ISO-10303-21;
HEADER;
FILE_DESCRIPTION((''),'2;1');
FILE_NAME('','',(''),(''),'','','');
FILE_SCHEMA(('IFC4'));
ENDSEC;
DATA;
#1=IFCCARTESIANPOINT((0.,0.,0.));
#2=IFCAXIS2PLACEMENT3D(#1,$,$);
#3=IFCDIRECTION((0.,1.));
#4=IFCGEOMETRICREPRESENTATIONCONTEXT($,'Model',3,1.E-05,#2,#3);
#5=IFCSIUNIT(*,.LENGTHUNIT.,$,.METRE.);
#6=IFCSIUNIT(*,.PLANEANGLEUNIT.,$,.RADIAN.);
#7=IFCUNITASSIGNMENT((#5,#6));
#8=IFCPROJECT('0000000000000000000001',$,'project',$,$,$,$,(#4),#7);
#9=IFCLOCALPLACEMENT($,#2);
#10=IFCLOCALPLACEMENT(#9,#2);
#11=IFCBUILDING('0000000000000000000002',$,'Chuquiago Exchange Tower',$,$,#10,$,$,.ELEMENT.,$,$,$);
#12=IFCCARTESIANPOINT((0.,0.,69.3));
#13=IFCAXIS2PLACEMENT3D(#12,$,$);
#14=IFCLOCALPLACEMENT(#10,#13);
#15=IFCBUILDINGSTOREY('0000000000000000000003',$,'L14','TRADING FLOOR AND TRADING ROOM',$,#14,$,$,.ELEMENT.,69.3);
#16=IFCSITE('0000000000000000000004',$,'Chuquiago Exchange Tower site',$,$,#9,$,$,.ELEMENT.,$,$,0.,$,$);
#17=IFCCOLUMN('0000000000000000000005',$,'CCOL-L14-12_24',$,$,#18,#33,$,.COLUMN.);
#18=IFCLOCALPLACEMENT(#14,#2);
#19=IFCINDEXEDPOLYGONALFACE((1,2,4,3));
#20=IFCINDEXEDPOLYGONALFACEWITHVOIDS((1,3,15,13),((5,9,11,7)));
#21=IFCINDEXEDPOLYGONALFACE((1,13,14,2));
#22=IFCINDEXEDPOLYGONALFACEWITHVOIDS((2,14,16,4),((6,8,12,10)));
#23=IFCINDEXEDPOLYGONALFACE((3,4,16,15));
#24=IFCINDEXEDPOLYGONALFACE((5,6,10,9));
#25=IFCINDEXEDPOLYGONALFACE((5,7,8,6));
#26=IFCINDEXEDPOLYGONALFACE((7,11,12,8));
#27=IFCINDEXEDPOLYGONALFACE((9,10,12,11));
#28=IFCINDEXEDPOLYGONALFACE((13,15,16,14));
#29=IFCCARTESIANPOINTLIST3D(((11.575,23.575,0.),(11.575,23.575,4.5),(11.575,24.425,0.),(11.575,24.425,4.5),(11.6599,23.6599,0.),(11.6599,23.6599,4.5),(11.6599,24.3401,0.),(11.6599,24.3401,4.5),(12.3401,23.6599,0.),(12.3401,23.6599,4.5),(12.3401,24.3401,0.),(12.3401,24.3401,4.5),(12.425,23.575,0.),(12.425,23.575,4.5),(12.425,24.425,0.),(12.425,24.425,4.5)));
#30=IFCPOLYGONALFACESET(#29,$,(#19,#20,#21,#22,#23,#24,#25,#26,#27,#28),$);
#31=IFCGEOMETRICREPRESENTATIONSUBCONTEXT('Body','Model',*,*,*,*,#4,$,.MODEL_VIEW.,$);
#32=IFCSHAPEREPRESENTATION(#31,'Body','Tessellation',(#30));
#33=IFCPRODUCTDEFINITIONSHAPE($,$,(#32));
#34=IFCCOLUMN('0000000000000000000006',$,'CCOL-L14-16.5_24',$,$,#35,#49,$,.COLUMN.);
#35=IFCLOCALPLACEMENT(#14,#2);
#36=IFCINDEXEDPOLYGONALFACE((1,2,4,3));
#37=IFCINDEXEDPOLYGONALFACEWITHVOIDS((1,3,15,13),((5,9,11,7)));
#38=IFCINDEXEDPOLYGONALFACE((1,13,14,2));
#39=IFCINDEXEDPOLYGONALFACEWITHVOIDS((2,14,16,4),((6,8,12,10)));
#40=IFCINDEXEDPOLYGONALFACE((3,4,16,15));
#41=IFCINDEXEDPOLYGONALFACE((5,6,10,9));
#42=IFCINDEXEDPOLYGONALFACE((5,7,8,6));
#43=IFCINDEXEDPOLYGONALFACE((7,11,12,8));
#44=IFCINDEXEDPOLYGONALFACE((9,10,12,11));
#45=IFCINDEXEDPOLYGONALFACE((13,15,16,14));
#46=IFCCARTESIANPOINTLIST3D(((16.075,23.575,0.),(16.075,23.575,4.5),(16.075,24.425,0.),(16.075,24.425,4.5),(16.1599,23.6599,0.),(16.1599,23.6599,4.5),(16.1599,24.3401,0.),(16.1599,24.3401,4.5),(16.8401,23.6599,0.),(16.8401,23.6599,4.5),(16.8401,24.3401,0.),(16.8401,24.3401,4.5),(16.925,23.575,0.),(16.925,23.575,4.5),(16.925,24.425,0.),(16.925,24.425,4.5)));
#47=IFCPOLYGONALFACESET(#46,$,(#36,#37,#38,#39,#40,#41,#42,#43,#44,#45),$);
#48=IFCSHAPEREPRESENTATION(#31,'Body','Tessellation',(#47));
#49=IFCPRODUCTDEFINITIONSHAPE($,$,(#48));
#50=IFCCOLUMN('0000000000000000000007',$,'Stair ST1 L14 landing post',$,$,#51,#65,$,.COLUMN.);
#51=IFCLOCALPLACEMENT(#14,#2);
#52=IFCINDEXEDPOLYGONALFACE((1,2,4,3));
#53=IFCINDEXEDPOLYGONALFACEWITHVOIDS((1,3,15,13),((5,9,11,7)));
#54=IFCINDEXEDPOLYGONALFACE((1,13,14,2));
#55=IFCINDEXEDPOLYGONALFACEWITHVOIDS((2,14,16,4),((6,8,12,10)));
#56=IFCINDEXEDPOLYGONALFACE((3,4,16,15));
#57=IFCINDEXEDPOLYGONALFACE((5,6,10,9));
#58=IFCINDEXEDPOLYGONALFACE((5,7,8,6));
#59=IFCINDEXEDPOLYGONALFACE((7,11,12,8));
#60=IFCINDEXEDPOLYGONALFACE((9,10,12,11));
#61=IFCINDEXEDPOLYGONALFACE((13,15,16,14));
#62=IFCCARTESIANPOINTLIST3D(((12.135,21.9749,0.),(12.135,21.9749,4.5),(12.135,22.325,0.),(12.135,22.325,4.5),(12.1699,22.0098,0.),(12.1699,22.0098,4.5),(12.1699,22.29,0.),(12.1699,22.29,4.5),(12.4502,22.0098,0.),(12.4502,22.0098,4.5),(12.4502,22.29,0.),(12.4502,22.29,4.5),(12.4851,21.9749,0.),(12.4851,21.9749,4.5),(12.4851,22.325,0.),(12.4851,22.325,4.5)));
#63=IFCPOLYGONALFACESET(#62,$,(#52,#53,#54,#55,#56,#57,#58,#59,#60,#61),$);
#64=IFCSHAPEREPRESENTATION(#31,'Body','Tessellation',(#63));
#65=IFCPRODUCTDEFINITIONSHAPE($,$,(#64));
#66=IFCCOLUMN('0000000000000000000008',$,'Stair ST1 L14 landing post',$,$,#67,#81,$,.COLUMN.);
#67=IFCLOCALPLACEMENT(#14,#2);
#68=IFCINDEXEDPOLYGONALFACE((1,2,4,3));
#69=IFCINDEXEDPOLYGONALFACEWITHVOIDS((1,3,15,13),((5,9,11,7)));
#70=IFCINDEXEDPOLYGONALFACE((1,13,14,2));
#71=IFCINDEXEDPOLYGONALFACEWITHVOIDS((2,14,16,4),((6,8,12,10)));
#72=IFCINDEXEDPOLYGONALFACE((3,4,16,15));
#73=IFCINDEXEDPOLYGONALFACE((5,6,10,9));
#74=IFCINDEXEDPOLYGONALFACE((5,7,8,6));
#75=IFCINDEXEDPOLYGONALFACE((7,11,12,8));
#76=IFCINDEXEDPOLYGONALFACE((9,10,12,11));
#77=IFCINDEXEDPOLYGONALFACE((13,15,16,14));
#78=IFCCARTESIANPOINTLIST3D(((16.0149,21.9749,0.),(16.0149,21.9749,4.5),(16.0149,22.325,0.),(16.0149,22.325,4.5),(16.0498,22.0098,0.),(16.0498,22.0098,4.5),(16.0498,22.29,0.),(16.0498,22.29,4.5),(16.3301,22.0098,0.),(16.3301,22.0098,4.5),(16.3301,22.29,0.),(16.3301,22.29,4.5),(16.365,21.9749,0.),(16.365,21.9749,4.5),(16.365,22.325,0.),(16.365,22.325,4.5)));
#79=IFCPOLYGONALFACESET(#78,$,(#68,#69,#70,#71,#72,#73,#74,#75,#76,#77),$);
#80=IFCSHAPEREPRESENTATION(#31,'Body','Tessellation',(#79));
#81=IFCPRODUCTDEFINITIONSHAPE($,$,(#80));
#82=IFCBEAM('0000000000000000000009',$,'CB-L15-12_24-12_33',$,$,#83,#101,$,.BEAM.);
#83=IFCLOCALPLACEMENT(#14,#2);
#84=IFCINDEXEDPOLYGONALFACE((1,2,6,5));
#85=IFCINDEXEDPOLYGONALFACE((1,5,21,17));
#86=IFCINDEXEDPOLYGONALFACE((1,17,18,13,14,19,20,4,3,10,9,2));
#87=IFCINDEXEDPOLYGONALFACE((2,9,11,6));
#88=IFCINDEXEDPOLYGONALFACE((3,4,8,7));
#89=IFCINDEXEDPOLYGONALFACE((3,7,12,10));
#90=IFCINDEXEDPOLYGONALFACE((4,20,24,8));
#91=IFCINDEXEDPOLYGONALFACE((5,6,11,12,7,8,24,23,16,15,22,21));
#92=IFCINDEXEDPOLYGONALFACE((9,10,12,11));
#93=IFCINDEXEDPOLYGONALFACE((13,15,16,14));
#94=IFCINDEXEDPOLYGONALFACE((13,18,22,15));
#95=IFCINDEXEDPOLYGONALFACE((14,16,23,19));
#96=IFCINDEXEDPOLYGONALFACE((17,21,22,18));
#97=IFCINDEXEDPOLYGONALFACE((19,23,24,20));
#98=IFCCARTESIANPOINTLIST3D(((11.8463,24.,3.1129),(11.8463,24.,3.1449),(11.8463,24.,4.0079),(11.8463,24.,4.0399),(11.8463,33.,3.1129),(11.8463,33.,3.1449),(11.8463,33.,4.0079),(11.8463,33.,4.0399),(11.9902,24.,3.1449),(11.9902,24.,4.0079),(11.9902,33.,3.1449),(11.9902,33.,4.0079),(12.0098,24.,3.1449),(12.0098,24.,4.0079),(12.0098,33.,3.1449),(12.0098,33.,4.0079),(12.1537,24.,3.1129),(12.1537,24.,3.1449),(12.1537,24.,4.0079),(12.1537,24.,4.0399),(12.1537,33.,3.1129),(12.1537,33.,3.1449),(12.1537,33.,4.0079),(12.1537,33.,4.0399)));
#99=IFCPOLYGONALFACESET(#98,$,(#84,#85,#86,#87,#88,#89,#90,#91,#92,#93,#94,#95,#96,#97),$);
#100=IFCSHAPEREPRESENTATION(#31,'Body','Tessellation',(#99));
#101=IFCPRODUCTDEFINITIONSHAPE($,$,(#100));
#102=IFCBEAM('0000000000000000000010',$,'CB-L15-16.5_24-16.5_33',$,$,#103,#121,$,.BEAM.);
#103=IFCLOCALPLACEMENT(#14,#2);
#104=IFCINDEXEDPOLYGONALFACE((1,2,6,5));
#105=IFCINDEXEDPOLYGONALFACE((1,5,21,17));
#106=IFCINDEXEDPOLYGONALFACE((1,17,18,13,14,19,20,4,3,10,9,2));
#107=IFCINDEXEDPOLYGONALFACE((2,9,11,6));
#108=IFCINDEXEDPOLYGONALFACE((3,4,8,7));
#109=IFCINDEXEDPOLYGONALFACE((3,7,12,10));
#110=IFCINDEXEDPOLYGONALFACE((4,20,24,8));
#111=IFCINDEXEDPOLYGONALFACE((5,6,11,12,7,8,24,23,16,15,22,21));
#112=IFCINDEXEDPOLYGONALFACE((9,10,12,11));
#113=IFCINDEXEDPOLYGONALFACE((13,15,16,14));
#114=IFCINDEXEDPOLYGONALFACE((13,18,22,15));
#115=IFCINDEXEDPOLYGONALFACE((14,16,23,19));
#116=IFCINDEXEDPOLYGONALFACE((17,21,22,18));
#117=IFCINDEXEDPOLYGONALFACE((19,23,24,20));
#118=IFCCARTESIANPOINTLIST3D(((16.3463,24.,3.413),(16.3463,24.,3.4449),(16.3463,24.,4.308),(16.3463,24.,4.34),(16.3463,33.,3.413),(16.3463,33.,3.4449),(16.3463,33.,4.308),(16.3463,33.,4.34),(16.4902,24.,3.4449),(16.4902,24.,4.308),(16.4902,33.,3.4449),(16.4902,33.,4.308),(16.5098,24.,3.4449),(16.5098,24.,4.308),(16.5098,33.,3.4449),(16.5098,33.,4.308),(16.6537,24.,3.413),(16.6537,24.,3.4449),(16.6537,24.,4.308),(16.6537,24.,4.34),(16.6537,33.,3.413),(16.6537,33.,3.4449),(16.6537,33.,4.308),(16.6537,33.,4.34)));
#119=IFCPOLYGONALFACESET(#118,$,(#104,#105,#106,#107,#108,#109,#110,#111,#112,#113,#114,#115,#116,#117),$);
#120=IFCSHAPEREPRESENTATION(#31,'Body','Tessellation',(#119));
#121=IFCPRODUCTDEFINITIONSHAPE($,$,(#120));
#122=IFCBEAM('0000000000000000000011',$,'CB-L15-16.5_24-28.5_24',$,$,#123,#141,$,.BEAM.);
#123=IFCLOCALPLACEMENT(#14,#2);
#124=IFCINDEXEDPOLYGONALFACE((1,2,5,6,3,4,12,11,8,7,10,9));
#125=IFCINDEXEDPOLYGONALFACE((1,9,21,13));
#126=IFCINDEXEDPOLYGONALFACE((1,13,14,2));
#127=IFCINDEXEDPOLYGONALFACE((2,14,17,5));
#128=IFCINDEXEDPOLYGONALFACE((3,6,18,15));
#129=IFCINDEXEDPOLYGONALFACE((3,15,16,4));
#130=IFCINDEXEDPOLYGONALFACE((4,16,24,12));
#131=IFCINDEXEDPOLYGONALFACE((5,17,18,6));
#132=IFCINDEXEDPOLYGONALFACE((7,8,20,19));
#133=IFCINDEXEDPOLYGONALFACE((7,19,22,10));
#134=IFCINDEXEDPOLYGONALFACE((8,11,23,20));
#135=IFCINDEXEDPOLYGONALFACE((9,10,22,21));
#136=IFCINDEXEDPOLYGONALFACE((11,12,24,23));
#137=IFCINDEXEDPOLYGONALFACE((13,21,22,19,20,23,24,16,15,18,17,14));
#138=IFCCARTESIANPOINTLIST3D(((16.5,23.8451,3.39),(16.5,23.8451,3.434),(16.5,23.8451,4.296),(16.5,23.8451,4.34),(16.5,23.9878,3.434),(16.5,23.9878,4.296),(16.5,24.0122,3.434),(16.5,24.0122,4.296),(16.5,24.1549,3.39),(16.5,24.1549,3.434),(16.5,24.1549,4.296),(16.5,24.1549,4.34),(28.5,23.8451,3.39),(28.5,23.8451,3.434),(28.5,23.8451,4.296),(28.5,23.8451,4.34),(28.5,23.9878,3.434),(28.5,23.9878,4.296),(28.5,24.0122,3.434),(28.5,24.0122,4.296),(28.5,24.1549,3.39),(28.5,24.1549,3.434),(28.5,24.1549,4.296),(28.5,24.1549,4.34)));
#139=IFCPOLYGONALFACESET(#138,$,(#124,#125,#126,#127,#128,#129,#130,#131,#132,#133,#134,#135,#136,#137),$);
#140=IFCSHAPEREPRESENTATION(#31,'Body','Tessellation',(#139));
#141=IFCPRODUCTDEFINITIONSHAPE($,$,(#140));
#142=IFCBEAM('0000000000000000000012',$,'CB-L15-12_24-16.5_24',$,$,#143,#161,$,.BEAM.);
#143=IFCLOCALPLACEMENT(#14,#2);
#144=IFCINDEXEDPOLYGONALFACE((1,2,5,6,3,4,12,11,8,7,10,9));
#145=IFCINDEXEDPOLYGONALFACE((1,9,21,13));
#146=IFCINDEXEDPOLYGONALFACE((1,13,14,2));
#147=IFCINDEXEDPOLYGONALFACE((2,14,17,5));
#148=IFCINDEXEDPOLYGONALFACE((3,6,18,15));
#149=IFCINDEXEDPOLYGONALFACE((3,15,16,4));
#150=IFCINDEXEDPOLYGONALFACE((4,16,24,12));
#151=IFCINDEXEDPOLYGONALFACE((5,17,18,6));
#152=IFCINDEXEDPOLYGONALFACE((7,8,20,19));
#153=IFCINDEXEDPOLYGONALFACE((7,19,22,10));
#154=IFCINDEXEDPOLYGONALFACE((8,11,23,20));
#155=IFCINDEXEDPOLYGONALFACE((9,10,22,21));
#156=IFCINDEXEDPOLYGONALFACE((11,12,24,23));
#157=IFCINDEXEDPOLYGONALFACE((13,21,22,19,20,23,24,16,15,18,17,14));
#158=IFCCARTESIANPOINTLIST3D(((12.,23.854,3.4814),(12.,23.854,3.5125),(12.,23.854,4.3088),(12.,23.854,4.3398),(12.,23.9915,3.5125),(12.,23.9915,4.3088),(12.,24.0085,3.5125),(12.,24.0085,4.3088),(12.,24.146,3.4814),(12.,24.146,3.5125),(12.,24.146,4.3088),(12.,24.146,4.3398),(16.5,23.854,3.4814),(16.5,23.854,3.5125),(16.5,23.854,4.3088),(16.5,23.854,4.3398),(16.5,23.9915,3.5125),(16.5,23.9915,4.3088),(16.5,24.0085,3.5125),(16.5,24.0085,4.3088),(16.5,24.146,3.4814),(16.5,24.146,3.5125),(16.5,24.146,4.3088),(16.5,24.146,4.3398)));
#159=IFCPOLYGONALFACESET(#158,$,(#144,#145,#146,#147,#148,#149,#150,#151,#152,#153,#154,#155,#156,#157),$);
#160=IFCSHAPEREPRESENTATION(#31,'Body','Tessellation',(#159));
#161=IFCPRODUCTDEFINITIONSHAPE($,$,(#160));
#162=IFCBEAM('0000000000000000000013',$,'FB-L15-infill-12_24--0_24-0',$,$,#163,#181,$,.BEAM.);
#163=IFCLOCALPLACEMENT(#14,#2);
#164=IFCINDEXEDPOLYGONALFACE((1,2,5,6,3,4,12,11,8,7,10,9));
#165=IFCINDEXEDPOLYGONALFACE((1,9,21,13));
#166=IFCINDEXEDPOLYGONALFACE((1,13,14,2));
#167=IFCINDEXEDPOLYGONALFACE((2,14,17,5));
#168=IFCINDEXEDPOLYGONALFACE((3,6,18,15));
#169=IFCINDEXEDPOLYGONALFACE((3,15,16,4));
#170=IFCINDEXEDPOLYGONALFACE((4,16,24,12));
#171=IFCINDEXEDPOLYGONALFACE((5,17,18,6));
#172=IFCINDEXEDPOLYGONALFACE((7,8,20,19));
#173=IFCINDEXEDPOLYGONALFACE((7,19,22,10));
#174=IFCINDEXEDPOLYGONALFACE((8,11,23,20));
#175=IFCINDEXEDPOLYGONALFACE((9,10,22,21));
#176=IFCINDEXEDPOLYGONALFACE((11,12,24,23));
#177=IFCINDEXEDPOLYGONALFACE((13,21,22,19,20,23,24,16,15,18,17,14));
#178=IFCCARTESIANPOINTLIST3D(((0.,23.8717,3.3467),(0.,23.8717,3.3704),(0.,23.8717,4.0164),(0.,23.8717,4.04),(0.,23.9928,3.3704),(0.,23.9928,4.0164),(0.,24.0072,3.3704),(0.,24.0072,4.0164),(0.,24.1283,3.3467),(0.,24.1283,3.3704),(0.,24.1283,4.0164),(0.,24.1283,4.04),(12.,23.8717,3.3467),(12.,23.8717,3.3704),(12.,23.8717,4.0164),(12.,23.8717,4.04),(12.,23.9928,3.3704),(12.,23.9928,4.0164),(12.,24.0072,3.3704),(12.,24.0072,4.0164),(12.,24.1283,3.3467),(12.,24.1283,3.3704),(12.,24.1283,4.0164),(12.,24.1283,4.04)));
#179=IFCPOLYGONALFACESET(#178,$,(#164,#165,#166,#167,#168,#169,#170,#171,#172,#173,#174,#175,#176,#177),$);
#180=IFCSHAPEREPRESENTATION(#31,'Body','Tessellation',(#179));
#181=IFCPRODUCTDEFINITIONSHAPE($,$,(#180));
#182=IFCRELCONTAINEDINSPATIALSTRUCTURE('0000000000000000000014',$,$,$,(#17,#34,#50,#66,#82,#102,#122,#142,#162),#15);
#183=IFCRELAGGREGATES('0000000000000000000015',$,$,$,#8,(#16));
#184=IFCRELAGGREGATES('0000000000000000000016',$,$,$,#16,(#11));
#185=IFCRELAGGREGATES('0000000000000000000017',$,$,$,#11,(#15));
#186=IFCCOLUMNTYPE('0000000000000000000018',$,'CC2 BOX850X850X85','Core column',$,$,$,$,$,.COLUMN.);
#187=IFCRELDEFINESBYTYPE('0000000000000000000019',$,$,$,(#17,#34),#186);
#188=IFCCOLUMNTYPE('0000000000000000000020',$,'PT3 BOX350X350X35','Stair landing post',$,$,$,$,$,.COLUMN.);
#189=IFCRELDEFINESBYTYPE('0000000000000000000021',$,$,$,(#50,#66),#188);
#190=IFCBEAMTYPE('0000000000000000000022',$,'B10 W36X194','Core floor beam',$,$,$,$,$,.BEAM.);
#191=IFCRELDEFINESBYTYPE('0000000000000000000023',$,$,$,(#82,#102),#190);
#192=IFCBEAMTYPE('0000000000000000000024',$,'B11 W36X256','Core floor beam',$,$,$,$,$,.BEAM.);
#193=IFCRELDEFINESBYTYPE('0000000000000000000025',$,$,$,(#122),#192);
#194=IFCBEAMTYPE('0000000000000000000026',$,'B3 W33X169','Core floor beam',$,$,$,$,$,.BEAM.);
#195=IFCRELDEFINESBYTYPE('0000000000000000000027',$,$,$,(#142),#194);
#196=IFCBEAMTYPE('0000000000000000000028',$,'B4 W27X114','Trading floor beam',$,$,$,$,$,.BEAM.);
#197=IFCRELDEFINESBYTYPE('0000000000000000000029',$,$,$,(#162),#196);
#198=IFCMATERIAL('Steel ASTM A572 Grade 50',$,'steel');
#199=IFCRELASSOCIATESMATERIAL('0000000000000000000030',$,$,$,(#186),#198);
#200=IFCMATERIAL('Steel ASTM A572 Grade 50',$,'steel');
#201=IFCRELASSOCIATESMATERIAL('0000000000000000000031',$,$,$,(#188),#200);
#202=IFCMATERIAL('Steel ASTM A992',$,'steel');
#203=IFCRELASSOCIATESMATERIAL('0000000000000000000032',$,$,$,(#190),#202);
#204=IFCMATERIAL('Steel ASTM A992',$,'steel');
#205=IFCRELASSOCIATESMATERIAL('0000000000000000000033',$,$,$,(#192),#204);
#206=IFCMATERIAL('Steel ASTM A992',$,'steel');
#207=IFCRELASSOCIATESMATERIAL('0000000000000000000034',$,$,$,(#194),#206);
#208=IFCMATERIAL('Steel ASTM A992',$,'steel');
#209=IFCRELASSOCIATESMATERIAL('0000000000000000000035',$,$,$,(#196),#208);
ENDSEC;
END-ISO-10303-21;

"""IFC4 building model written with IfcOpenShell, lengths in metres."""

from ifc_helpers import new_model, si_unit, direction, frame, origin, origin_2d, place, context, subcontext, project, spatial, hollow_rectangle, i_section, extrude, material, material_profile, profile_set, type_object, element, save


model = new_model("IFC4")

# Units and contexts
model_context = context("Model", 3, precision=1e-05, world=origin(), true_north=direction((0.0, 1.0)))
body_context = subcontext(model_context, "Body", "Model", "MODEL_VIEW")
ifc_project = project(units=[si_unit("LENGTHUNIT", "METRE"), si_unit("PLANEANGLEUNIT", "RADIAN")], contexts=[model_context])

# Site, building, storey
site_placement = place(None, origin())
site = spatial("IfcSite", under=ifc_project, at=site_placement, Name="Chuquiago Exchange Tower site", CompositionType="ELEMENT", RefElevation=0.0)
building_placement = place(site_placement, origin())
building = spatial("IfcBuilding", under=site, at=building_placement, Name="Chuquiago Exchange Tower", CompositionType="ELEMENT")
storey_placement = place(building_placement, frame((0.0, 0.0, 69.3)))
storey = spatial("IfcBuildingStorey", under=building, at=storey_placement, Name="L14", Description="TRADING FLOOR AND TRADING ROOM", CompositionType="ELEMENT", Elevation=69.3)

# Columns
ifc_material_1 = material(Name="Steel ASTM A572 Grade 50", Category="steel")
ifc_material_profile_1 = material_profile(ifc_material_1, hollow_rectangle(XDim=0.8501, YDim=0.8501, WallThickness=0.085, at=origin_2d()), Name="BOX850X850X85")
ifc_profile_set_1 = profile_set([ifc_material_profile_1], Name="Steel ASTM A572 Grade 50")
column_type_1 = type_object("IfcColumnType", Name="CC2 BOX850X850X85", Description="Core column", PredefinedType="COLUMN", material=ifc_profile_set_1)
for number, where, z_axis, x_axis, name in (
    (1, (12.0, 24.0, 0.0), (0.0, 0.0, 1.0), (1.0, 0.0, 0.0), "CCOL-L14-12_24"),
    (2, (16.5, 24.0, 0.0), (0.0, 0.0, 1.0), (1.0, 0.0, 0.0), "CCOL-L14-16.5_24"),
):
    element("IfcColumn", number, at=place(storey_placement, frame(where, z_axis=z_axis, x_axis=x_axis)), inside=storey, type_object=column_type_1, Name=name, PredefinedType="COLUMN", context=body_context, shape_type="SweptSolid", body=[
        extrude(hollow_rectangle(XDim=0.8501, YDim=0.8501, WallThickness=0.085, at=origin_2d()), origin(), (0.0, 0.0, 1.0), 4.5),
    ])
ifc_material_2 = material(Name="Steel ASTM A572 Grade 50", Category="steel")
ifc_material_profile_2 = material_profile(ifc_material_2, hollow_rectangle(XDim=0.3501, YDim=0.3501, WallThickness=0.0349, at=origin_2d()), Name="BOX350X350X35")
ifc_profile_set_2 = profile_set([ifc_material_profile_2], Name="Steel ASTM A572 Grade 50")
column_type_2 = type_object("IfcColumnType", Name="PT3 BOX350X350X35", Description="Stair landing post", PredefinedType="COLUMN", material=ifc_profile_set_2)
for number, where, z_axis, x_axis, name in (
    (3, (12.3101, 22.1499, 0.0), (0.0, 0.0, 1.0), (1.0, 0.0, 0.0), "Stair ST1 L14 landing post"),
    (4, (16.1899, 22.1499, 0.0), (0.0, 0.0, 1.0), (1.0, 0.0, 0.0), "Stair ST1 L14 landing post"),
):
    element("IfcColumn", number, at=place(storey_placement, frame(where, z_axis=z_axis, x_axis=x_axis)), inside=storey, type_object=column_type_2, Name=name, PredefinedType="COLUMN", context=body_context, shape_type="SweptSolid", body=[
        extrude(hollow_rectangle(XDim=0.3501, YDim=0.3501, WallThickness=0.0349, at=origin_2d()), origin(), (0.0, 0.0, 1.0), 4.5),
    ])

# Beams
ifc_material_3 = material(Name="Steel ASTM A992", Category="steel")
ifc_material_profile_3 = material_profile(ifc_material_3, i_section(OverallWidth=0.3074, OverallDepth=0.927, WebThickness=0.0195, FlangeThickness=0.032, at=origin_2d()), Name="W36X194")
ifc_profile_set_3 = profile_set([ifc_material_profile_3], Name="Steel ASTM A992")
beam_type_1 = type_object("IfcBeamType", Name="B10 W36X194", Description="Core floor beam", PredefinedType="BEAM", material=ifc_profile_set_3)
for number, where, z_axis, x_axis, name in (
    (5, (12.0, 24.0, 3.5764), (0.0, 1.0, 0.0), (-1.0, 0.0, 0.0), "CB-L15-12_24-12_33"),
    (6, (16.5, 24.0, 3.8765), (0.0, 1.0, 0.0), (-1.0, 0.0, 0.0), "CB-L15-16.5_24-16.5_33"),
):
    element("IfcBeam", number, at=place(storey_placement, frame(where, z_axis=z_axis, x_axis=x_axis)), inside=storey, type_object=beam_type_1, Name=name, PredefinedType="BEAM", context=body_context, shape_type="SweptSolid", body=[
        extrude(i_section(OverallWidth=0.3074, OverallDepth=0.927, WebThickness=0.0195, FlangeThickness=0.032, at=origin_2d()), origin(), (0.0, 0.0, 1.0), 9.0),
    ])
ifc_material_4 = material(Name="Steel ASTM A992", Category="steel")
ifc_material_profile_4 = material_profile(ifc_material_4, i_section(OverallWidth=0.3098, OverallDepth=0.95, WebThickness=0.0244, FlangeThickness=0.0439, at=origin_2d()), Name="W36X256")
ifc_profile_set_4 = profile_set([ifc_material_profile_4], Name="Steel ASTM A992")
beam_type_2 = type_object("IfcBeamType", Name="B11 W36X256", Description="Core floor beam", PredefinedType="BEAM", material=ifc_profile_set_4)
beam_1_placement = place(storey_placement, frame((16.5, 24.0, 3.865), z_axis=(1.0, 0.0, 0.0), x_axis=(0.0, 1.0, 0.0)))
element("IfcBeam", 7, at=beam_1_placement, inside=storey, type_object=beam_type_2, Name="CB-L15-16.5_24-28.5_24", PredefinedType="BEAM", context=body_context, shape_type="SweptSolid", body=[
    extrude(i_section(OverallWidth=0.3098, OverallDepth=0.95, WebThickness=0.0244, FlangeThickness=0.0439, at=origin_2d()), origin(), (0.0, 0.0, 1.0), 12.0),
])
ifc_material_5 = material(Name="Steel ASTM A992", Category="steel")
ifc_material_profile_5 = material_profile(ifc_material_5, i_section(OverallWidth=0.292, OverallDepth=0.8584, WebThickness=0.0171, FlangeThickness=0.031, at=origin_2d()), Name="W33X169")
ifc_profile_set_5 = profile_set([ifc_material_profile_5], Name="Steel ASTM A992")
beam_type_3 = type_object("IfcBeamType", Name="B3 W33X169", Description="Core floor beam", PredefinedType="BEAM", material=ifc_profile_set_5)
beam_2_placement = place(storey_placement, frame((12.0, 24.0, 3.9106), z_axis=(1.0, 0.0, 0.0), x_axis=(0.0, 1.0, 0.0)))
element("IfcBeam", 8, at=beam_2_placement, inside=storey, type_object=beam_type_3, Name="CB-L15-12_24-16.5_24", PredefinedType="BEAM", context=body_context, shape_type="SweptSolid", body=[
    extrude(i_section(OverallWidth=0.292, OverallDepth=0.8584, WebThickness=0.0171, FlangeThickness=0.031, at=origin_2d()), origin(), (0.0, 0.0, 1.0), 4.5),
])
ifc_material_6 = material(Name="Steel ASTM A992", Category="steel")
ifc_material_profile_6 = material_profile(ifc_material_6, i_section(OverallWidth=0.2566, OverallDepth=0.6934, WebThickness=0.0144, FlangeThickness=0.0237, at=origin_2d()), Name="W27X114")
ifc_profile_set_6 = profile_set([ifc_material_profile_6], Name="Steel ASTM A992")
beam_type_4 = type_object("IfcBeamType", Name="B4 W27X114", Description="Trading floor beam", PredefinedType="BEAM", material=ifc_profile_set_6)
for number, where, z_axis, x_axis, name in (
    (9, (12.0, 24.0, 3.6934), (-1.0, 0.0, 0.0), (0.0, -1.0, 0.0), "FB-L15-infill-12_24--0_24-0"),
):
    element("IfcBeam", number, at=place(storey_placement, frame(where, z_axis=z_axis, x_axis=x_axis)), inside=storey, type_object=beam_type_4, Name=name, PredefinedType="BEAM", context=body_context, shape_type="SweptSolid", body=[
        extrude(i_section(OverallWidth=0.2566, OverallDepth=0.6934, WebThickness=0.0144, FlangeThickness=0.0237, at=origin_2d()), origin(), (0.0, 0.0, 1.0), 12.0),
    ])

save(model, "model.ifc")
